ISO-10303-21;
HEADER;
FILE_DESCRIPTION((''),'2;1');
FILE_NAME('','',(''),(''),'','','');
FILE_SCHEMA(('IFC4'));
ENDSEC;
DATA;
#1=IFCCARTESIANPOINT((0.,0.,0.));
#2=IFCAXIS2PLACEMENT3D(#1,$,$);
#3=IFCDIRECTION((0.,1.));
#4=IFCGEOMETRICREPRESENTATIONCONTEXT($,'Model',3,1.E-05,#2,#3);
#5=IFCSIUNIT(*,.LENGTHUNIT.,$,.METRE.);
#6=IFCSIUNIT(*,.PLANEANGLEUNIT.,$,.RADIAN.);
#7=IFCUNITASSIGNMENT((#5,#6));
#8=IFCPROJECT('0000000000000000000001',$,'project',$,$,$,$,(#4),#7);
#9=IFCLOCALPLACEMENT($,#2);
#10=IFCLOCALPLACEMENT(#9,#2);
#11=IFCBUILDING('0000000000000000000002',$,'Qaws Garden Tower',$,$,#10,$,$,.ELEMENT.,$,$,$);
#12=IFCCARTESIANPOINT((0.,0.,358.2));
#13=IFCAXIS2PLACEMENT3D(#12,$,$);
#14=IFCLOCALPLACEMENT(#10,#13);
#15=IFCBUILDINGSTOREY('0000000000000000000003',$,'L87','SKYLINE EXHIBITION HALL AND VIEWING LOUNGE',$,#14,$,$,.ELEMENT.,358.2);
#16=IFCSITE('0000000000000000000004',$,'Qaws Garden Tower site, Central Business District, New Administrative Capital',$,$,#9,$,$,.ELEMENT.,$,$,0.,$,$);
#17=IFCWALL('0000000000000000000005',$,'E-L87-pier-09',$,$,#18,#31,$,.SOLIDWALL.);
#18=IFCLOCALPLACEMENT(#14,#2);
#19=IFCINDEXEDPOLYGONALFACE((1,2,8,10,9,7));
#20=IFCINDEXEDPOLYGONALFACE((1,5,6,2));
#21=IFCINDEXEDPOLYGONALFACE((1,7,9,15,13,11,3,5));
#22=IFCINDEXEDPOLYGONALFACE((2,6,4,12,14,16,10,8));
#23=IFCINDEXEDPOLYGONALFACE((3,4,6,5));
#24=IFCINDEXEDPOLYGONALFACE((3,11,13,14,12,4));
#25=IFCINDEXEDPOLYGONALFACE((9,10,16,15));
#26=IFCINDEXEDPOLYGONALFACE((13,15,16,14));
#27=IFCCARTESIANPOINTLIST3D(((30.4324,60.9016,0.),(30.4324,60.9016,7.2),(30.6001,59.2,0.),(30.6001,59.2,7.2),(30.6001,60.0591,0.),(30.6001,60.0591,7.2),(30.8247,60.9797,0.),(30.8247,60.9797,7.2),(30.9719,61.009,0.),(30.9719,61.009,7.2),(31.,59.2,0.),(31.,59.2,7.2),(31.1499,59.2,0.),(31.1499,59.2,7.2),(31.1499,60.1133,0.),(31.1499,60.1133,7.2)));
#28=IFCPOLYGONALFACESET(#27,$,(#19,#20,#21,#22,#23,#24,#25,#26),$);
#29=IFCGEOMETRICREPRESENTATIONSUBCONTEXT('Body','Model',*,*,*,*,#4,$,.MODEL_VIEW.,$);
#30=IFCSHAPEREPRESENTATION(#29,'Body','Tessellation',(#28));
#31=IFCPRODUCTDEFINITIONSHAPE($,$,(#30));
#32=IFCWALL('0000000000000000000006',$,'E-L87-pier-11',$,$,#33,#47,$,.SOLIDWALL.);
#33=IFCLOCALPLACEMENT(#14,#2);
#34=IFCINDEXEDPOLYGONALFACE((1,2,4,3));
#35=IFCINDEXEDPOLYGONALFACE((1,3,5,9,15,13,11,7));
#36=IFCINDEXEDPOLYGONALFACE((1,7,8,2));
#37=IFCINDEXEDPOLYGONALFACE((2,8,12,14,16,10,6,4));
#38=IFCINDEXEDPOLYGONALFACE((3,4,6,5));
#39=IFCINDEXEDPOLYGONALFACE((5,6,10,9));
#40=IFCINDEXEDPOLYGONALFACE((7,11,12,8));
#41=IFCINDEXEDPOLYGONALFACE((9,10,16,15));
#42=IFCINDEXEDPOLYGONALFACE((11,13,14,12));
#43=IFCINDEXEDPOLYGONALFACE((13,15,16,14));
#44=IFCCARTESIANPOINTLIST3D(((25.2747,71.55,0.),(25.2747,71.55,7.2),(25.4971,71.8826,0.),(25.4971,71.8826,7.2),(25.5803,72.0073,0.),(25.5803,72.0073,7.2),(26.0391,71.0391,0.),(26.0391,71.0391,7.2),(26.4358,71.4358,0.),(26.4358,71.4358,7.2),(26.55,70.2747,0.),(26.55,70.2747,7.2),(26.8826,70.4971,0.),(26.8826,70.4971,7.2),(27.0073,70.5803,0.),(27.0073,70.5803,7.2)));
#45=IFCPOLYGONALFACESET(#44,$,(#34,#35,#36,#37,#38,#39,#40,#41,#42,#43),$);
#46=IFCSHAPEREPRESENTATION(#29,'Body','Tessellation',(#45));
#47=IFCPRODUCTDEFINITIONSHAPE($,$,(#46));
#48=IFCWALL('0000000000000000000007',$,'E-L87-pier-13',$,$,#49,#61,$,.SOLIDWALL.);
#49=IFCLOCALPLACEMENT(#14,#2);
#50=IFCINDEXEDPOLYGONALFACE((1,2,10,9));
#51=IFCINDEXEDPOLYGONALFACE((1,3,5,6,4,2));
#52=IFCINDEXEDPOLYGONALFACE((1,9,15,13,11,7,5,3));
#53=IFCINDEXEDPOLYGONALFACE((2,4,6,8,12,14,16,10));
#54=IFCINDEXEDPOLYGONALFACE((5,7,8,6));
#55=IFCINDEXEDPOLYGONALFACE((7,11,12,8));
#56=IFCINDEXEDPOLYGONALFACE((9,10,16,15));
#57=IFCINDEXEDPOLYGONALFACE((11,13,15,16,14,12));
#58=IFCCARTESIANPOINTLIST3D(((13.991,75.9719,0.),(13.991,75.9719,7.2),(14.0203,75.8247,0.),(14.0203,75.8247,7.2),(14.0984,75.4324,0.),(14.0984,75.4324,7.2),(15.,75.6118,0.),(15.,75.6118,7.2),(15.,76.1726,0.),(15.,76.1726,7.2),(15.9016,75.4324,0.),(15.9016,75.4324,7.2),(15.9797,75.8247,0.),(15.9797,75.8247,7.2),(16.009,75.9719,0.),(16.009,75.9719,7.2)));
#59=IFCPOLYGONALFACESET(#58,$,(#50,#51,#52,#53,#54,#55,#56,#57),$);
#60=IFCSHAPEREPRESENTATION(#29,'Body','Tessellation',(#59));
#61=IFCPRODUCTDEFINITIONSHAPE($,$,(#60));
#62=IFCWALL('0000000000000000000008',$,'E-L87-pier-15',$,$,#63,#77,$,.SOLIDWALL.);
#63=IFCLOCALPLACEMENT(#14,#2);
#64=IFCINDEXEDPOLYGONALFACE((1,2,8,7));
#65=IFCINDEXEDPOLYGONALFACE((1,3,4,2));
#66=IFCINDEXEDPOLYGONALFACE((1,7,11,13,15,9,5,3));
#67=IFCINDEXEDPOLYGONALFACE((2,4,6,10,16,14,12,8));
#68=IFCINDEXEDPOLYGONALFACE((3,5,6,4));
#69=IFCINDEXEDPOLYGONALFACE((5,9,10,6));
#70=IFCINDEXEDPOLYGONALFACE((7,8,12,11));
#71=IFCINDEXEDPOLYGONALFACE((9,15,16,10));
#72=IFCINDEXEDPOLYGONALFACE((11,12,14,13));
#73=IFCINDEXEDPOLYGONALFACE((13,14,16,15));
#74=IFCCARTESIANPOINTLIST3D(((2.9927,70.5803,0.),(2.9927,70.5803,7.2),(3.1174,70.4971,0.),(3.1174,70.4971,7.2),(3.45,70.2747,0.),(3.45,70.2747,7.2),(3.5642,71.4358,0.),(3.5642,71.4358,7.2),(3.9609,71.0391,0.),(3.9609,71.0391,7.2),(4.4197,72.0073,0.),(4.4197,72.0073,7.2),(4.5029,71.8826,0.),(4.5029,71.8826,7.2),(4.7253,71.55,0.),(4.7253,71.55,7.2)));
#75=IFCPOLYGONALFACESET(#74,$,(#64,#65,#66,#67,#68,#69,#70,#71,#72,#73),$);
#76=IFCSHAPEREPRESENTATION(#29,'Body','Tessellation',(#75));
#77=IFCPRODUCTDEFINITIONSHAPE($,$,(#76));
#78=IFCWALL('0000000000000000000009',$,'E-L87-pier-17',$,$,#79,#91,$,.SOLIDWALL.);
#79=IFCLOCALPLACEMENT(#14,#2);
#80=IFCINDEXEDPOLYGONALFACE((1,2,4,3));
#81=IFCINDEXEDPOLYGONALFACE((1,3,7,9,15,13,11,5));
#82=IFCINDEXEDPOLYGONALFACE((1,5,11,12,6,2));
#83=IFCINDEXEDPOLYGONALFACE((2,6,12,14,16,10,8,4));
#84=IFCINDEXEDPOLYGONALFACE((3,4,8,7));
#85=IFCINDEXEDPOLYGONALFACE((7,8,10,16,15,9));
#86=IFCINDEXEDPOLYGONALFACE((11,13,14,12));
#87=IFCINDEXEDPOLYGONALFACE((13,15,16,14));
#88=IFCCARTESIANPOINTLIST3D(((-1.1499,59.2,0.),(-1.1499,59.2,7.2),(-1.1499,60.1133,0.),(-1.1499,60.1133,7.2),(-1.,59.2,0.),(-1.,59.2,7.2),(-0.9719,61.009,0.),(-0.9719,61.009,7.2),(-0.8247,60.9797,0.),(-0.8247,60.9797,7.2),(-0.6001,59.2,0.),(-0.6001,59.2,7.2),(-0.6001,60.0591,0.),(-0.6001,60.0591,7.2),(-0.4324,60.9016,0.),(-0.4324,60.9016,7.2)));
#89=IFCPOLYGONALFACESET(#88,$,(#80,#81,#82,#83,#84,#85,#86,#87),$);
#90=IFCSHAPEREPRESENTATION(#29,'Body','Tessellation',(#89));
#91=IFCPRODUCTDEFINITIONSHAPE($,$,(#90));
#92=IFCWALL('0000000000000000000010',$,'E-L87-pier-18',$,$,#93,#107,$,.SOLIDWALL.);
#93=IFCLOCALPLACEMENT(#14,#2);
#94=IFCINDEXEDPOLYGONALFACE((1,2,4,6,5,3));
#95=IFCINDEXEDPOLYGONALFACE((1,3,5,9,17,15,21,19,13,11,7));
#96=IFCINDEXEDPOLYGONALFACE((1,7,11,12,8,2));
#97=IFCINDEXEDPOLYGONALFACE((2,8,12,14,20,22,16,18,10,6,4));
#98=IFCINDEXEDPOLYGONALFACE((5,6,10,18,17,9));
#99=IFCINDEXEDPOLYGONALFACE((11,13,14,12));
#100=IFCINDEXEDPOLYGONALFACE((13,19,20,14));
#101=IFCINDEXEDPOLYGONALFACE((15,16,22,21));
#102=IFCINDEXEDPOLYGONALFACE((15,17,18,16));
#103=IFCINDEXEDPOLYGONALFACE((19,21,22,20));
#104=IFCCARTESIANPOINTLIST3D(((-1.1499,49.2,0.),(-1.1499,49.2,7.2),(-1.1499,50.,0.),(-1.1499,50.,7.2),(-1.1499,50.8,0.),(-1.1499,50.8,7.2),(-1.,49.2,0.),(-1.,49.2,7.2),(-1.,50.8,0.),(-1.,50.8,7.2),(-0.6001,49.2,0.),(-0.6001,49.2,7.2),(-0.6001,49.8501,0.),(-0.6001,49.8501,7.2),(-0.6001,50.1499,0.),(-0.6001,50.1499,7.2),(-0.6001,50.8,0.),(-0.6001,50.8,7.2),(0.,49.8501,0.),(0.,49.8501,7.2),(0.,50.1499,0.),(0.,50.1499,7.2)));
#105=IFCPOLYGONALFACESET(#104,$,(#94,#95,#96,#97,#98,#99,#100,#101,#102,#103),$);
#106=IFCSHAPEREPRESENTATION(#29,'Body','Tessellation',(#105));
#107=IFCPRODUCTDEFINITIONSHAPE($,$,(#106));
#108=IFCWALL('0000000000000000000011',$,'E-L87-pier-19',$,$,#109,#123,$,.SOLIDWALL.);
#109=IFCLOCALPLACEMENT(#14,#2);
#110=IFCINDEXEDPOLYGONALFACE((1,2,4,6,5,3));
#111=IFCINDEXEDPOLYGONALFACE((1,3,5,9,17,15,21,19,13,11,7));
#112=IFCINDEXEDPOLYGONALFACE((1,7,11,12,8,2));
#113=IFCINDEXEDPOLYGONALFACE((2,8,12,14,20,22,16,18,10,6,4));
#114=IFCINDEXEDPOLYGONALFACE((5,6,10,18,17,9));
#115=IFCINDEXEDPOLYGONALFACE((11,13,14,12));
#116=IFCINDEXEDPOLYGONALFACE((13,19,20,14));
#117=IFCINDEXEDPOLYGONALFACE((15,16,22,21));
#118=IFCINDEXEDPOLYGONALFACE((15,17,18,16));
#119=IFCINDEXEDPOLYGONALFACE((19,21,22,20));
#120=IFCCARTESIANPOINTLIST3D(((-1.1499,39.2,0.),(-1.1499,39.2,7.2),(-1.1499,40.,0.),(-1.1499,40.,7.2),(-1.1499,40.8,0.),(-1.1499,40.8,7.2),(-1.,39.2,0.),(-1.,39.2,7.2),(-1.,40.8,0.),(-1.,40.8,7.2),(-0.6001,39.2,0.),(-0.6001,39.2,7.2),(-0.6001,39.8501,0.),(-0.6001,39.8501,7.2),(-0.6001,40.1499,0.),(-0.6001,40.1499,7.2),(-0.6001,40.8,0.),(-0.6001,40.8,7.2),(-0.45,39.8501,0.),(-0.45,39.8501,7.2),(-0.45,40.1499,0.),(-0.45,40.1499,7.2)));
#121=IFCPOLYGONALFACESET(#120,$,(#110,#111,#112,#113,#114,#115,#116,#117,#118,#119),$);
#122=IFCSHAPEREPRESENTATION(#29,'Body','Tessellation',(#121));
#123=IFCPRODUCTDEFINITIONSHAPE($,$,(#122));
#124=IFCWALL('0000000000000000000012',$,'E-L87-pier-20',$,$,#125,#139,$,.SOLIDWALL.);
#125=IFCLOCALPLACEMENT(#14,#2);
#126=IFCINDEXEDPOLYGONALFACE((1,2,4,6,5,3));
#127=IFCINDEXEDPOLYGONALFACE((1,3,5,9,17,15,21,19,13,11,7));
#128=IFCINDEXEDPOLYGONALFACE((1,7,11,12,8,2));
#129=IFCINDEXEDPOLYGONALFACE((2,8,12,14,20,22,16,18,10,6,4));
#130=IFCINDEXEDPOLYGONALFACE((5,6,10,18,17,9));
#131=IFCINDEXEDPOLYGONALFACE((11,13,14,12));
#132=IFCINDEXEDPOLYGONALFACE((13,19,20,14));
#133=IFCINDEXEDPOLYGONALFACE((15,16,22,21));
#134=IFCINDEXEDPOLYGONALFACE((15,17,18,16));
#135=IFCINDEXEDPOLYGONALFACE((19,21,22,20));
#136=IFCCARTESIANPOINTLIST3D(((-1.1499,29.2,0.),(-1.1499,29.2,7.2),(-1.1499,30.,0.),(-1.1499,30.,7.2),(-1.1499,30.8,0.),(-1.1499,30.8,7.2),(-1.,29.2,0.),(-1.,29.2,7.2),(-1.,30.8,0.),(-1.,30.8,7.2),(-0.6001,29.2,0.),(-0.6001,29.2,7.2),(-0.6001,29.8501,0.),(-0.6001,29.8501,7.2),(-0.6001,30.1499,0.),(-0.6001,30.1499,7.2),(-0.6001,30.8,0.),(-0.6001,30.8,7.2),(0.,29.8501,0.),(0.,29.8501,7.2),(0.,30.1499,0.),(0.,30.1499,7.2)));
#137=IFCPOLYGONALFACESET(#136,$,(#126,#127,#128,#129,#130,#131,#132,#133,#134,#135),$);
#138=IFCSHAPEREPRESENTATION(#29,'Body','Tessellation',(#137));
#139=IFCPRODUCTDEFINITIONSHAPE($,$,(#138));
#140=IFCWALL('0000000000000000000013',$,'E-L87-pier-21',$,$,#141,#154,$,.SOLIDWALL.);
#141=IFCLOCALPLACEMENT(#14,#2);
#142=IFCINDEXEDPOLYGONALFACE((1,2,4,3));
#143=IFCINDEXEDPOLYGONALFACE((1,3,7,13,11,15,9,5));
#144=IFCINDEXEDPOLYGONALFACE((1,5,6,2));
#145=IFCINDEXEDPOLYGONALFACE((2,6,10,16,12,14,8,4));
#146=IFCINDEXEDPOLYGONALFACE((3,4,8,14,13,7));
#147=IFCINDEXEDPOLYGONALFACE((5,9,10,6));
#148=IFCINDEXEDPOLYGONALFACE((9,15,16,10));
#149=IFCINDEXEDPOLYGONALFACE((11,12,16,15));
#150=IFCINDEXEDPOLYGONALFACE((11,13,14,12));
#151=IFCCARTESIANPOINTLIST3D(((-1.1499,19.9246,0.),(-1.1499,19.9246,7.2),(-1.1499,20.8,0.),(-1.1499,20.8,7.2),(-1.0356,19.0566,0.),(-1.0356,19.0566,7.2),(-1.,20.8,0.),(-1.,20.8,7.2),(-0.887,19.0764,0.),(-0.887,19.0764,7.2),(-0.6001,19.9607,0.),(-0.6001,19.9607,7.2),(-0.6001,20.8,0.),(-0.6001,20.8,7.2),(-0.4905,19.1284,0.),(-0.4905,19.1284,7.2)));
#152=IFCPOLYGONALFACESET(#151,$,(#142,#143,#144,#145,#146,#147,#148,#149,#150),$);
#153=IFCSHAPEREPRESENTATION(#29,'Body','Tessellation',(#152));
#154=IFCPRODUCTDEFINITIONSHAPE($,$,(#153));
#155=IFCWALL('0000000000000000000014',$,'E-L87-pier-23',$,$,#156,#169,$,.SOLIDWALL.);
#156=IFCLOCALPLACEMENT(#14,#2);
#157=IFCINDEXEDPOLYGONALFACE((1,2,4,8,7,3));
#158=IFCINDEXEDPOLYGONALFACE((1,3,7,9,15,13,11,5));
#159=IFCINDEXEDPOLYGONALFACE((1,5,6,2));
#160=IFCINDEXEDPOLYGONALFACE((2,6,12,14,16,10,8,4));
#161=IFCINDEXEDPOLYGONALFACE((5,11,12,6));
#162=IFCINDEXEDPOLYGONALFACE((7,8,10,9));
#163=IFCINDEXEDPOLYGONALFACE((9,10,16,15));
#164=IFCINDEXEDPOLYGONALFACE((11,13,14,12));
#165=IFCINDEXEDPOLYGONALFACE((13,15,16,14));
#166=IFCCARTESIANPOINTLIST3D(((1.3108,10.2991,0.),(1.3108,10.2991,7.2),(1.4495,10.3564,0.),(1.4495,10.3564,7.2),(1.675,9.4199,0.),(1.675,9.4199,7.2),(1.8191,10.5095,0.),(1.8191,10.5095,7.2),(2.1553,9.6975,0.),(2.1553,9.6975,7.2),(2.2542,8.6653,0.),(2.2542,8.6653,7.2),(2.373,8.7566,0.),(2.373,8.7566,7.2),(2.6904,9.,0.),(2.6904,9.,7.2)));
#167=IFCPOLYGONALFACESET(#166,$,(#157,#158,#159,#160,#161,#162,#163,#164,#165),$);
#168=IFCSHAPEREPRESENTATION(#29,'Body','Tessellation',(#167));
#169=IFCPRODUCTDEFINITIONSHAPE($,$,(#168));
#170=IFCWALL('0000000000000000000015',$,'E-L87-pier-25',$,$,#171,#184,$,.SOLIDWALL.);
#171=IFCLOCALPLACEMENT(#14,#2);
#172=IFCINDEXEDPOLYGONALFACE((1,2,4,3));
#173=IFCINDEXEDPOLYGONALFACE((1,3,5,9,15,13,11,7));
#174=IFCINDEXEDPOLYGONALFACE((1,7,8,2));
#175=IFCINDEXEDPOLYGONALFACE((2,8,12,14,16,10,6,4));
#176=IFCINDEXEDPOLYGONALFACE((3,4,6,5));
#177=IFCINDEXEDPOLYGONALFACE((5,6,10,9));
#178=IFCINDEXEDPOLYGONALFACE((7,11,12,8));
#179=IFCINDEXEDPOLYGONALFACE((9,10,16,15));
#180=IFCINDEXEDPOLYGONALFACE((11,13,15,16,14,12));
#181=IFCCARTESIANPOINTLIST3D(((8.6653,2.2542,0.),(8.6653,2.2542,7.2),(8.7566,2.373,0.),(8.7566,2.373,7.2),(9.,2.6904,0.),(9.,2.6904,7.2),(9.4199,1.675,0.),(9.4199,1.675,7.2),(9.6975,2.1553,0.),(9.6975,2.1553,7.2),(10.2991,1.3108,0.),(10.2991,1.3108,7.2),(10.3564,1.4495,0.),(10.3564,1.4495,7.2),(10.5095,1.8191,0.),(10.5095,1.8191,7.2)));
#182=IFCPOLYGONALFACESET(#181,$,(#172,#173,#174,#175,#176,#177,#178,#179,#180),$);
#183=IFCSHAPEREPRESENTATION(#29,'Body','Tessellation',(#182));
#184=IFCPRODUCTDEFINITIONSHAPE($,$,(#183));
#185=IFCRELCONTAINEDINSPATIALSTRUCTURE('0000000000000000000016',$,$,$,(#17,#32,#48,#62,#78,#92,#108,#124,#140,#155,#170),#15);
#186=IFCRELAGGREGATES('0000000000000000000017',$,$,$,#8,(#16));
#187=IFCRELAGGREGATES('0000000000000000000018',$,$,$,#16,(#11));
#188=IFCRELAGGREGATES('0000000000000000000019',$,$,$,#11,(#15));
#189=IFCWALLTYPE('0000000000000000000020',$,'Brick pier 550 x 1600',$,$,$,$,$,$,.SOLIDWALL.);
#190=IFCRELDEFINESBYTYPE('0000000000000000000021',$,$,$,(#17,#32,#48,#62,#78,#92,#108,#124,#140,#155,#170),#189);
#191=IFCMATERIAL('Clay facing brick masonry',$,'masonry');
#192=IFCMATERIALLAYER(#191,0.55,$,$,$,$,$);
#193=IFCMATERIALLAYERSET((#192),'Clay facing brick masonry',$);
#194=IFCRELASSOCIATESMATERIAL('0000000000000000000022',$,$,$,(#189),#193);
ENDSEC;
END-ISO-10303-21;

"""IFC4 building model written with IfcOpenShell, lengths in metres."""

from ifc_helpers import new_model, si_unit, direction, frame, origin, place, context, subcontext, project, spatial, polyline, outline, extrude, material, layer, layer_set, type_object, element, save


model = new_model("IFC4")

# Units and contexts
model_context = context("Model", 3, precision=1e-05, world=origin(), true_north=direction((0.0, 1.0)))
body_context = subcontext(model_context, "Body", "Model", "MODEL_VIEW")
ifc_project = project(units=[si_unit("LENGTHUNIT", "METRE"), si_unit("PLANEANGLEUNIT", "RADIAN")], contexts=[model_context])

# Site, building, storey
site_placement = place(None, origin())
site = spatial("IfcSite", under=ifc_project, at=site_placement, Name="Qaws Garden Tower site, Central Business District, New Administrative Capital", CompositionType="ELEMENT", RefElevation=0.0)
building_placement = place(site_placement, origin())
building = spatial("IfcBuilding", under=site, at=building_placement, Name="Qaws Garden Tower", CompositionType="ELEMENT")
storey_placement = place(building_placement, frame((0.0, 0.0, 358.2)))
storey = spatial("IfcBuildingStorey", under=building, at=storey_placement, Name="L87", Description="SKYLINE EXHIBITION HALL AND VIEWING LOUNGE", CompositionType="ELEMENT", Elevation=358.2)

# Walls
placement = place(storey_placement, origin())
ifc_material_1 = material(Name="Clay facing brick masonry", Category="masonry")
ifc_layer_1 = layer(ifc_material_1, 0.55)
ifc_layer_set_1 = layer_set([ifc_layer_1], Name="Clay facing brick masonry")
wall_type_1 = type_object("IfcWallType", Name="Brick pier 550 x 1600", PredefinedType="SOLIDWALL", material=ifc_layer_set_1)
element("IfcWall", 1, at=placement, inside=storey, type_object=wall_type_1, Name="E-L87-pier-09", PredefinedType="SOLIDWALL", context=body_context, shape_type="SweptSolid", body=[
    extrude(outline(polyline([(31.0, 59.2), (31.1499, 59.2), (31.1499, 60.1133), (30.9719, 61.009), (30.8247, 60.9797), (30.4324, 60.9016), (30.6001, 60.0591), (30.6001, 59.2), (31.0, 59.2)])), origin(), (0.0, 0.0, 1.0), 7.2),
])
element("IfcWall", 2, at=placement, inside=storey, type_object=wall_type_1, Name="E-L87-pier-11", PredefinedType="SOLIDWALL", context=body_context, shape_type="SweptSolid", body=[
    extrude(outline(polyline([(26.8826, 70.4971), (27.0073, 70.5803), (26.4358, 71.4358), (25.5803, 72.0073), (25.4971, 71.8826), (25.2747, 71.55), (26.0391, 71.0391), (26.55, 70.2747), (26.8826, 70.4971)])), origin(), (0.0, 0.0, 1.0), 7.2),
])
element("IfcWall", 3, at=placement, inside=storey, type_object=wall_type_1, Name="E-L87-pier-13", PredefinedType="SOLIDWALL", context=body_context, shape_type="SweptSolid", body=[
    extrude(outline(polyline([(15.9797, 75.8247), (16.009, 75.9719), (15.0, 76.1726), (13.991, 75.9719), (14.0203, 75.8247), (14.0984, 75.4324), (15.0, 75.6118), (15.9016, 75.4324), (15.9797, 75.8247)])), origin(), (0.0, 0.0, 1.0), 7.2),
])
element("IfcWall", 4, at=placement, inside=storey, type_object=wall_type_1, Name="E-L87-pier-15", PredefinedType="SOLIDWALL", context=body_context, shape_type="SweptSolid", body=[
    extrude(outline(polyline([(4.5029, 71.8826), (4.4197, 72.0073), (3.5642, 71.4358), (2.9927, 70.5803), (3.1174, 70.4971), (3.45, 70.2747), (3.9609, 71.0391), (4.7253, 71.55), (4.5029, 71.8826)])), origin(), (0.0, 0.0, 1.0), 7.2),
])
element("IfcWall", 5, at=placement, inside=storey, type_object=wall_type_1, Name="E-L87-pier-17", PredefinedType="SOLIDWALL", context=body_context, shape_type="SweptSolid", body=[
    extrude(outline(polyline([(-0.8247, 60.9797), (-0.9719, 61.009), (-1.1499, 60.1133), (-1.1499, 59.2), (-1.0, 59.2), (-0.6001, 59.2), (-0.6001, 60.0591), (-0.4324, 60.9016), (-0.8247, 60.9797)])), origin(), (0.0, 0.0, 1.0), 7.2),
])
element("IfcWall", 6, at=placement, inside=storey, type_object=wall_type_1, Name="E-L87-pier-18", PredefinedType="SOLIDWALL", context=body_context, shape_type="SweptSolid", body=[
    extrude(outline(polyline([(-0.6001, 49.2), (-0.6001, 49.8501), (0.0, 49.8501), (0.0, 50.1499), (-0.6001, 50.1499), (-0.6001, 50.8), (-1.0, 50.8), (-1.1499, 50.8), (-1.1499, 50.0), (-1.1499, 49.2), (-1.0, 49.2), (-0.6001, 49.2)])), origin(), (0.0, 0.0, 1.0), 7.2),
])
element("IfcWall", 7, at=placement, inside=storey, type_object=wall_type_1, Name="E-L87-pier-19", PredefinedType="SOLIDWALL", context=body_context, shape_type="SweptSolid", body=[
    extrude(outline(polyline([(-0.6001, 39.2), (-0.6001, 39.8501), (-0.45, 39.8501), (-0.45, 40.1499), (-0.6001, 40.1499), (-0.6001, 40.8), (-1.0, 40.8), (-1.1499, 40.8), (-1.1499, 40.0), (-1.1499, 39.2), (-1.0, 39.2), (-0.6001, 39.2)])), origin(), (0.0, 0.0, 1.0), 7.2),
])
element("IfcWall", 8, at=placement, inside=storey, type_object=wall_type_1, Name="E-L87-pier-20", PredefinedType="SOLIDWALL", context=body_context, shape_type="SweptSolid", body=[
    extrude(outline(polyline([(-0.6001, 29.2), (-0.6001, 29.8501), (0.0, 29.8501), (0.0, 30.1499), (-0.6001, 30.1499), (-0.6001, 30.8), (-1.0, 30.8), (-1.1499, 30.8), (-1.1499, 30.0), (-1.1499, 29.2), (-1.0, 29.2), (-0.6001, 29.2)])), origin(), (0.0, 0.0, 1.0), 7.2),
])
element("IfcWall", 9, at=placement, inside=storey, type_object=wall_type_1, Name="E-L87-pier-21", PredefinedType="SOLIDWALL", context=body_context, shape_type="SweptSolid", body=[
    extrude(outline(polyline([(-1.0, 20.8), (-1.1499, 20.8), (-1.1499, 19.9246), (-1.0356, 19.0566), (-0.887, 19.0764), (-0.4905, 19.1284), (-0.6001, 19.9607), (-0.6001, 20.8), (-1.0, 20.8)])), origin(), (0.0, 0.0, 1.0), 7.2),
])
element("IfcWall", 10, at=placement, inside=storey, type_object=wall_type_1, Name="E-L87-pier-23", PredefinedType="SOLIDWALL", context=body_context, shape_type="SweptSolid", body=[
    extrude(outline(polyline([(1.4495, 10.3564), (1.3108, 10.2991), (1.675, 9.4199), (2.2542, 8.6653), (2.373, 8.7566), (2.6904, 9.0), (2.1553, 9.6975), (1.8191, 10.5095), (1.4495, 10.3564)])), origin(), (0.0, 0.0, 1.0), 7.2),
])
element("IfcWall", 11, at=placement, inside=storey, type_object=wall_type_1, Name="E-L87-pier-25", PredefinedType="SOLIDWALL", context=body_context, shape_type="SweptSolid", body=[
    extrude(outline(polyline([(8.7566, 2.373), (8.6653, 2.2542), (9.4199, 1.675), (10.2991, 1.3108), (10.3564, 1.4495), (10.5095, 1.8191), (9.6975, 2.1553), (9.0, 2.6904), (8.7566, 2.373)])), origin(), (0.0, 0.0, 1.0), 7.2),
])

save(model, "model.ifc")
